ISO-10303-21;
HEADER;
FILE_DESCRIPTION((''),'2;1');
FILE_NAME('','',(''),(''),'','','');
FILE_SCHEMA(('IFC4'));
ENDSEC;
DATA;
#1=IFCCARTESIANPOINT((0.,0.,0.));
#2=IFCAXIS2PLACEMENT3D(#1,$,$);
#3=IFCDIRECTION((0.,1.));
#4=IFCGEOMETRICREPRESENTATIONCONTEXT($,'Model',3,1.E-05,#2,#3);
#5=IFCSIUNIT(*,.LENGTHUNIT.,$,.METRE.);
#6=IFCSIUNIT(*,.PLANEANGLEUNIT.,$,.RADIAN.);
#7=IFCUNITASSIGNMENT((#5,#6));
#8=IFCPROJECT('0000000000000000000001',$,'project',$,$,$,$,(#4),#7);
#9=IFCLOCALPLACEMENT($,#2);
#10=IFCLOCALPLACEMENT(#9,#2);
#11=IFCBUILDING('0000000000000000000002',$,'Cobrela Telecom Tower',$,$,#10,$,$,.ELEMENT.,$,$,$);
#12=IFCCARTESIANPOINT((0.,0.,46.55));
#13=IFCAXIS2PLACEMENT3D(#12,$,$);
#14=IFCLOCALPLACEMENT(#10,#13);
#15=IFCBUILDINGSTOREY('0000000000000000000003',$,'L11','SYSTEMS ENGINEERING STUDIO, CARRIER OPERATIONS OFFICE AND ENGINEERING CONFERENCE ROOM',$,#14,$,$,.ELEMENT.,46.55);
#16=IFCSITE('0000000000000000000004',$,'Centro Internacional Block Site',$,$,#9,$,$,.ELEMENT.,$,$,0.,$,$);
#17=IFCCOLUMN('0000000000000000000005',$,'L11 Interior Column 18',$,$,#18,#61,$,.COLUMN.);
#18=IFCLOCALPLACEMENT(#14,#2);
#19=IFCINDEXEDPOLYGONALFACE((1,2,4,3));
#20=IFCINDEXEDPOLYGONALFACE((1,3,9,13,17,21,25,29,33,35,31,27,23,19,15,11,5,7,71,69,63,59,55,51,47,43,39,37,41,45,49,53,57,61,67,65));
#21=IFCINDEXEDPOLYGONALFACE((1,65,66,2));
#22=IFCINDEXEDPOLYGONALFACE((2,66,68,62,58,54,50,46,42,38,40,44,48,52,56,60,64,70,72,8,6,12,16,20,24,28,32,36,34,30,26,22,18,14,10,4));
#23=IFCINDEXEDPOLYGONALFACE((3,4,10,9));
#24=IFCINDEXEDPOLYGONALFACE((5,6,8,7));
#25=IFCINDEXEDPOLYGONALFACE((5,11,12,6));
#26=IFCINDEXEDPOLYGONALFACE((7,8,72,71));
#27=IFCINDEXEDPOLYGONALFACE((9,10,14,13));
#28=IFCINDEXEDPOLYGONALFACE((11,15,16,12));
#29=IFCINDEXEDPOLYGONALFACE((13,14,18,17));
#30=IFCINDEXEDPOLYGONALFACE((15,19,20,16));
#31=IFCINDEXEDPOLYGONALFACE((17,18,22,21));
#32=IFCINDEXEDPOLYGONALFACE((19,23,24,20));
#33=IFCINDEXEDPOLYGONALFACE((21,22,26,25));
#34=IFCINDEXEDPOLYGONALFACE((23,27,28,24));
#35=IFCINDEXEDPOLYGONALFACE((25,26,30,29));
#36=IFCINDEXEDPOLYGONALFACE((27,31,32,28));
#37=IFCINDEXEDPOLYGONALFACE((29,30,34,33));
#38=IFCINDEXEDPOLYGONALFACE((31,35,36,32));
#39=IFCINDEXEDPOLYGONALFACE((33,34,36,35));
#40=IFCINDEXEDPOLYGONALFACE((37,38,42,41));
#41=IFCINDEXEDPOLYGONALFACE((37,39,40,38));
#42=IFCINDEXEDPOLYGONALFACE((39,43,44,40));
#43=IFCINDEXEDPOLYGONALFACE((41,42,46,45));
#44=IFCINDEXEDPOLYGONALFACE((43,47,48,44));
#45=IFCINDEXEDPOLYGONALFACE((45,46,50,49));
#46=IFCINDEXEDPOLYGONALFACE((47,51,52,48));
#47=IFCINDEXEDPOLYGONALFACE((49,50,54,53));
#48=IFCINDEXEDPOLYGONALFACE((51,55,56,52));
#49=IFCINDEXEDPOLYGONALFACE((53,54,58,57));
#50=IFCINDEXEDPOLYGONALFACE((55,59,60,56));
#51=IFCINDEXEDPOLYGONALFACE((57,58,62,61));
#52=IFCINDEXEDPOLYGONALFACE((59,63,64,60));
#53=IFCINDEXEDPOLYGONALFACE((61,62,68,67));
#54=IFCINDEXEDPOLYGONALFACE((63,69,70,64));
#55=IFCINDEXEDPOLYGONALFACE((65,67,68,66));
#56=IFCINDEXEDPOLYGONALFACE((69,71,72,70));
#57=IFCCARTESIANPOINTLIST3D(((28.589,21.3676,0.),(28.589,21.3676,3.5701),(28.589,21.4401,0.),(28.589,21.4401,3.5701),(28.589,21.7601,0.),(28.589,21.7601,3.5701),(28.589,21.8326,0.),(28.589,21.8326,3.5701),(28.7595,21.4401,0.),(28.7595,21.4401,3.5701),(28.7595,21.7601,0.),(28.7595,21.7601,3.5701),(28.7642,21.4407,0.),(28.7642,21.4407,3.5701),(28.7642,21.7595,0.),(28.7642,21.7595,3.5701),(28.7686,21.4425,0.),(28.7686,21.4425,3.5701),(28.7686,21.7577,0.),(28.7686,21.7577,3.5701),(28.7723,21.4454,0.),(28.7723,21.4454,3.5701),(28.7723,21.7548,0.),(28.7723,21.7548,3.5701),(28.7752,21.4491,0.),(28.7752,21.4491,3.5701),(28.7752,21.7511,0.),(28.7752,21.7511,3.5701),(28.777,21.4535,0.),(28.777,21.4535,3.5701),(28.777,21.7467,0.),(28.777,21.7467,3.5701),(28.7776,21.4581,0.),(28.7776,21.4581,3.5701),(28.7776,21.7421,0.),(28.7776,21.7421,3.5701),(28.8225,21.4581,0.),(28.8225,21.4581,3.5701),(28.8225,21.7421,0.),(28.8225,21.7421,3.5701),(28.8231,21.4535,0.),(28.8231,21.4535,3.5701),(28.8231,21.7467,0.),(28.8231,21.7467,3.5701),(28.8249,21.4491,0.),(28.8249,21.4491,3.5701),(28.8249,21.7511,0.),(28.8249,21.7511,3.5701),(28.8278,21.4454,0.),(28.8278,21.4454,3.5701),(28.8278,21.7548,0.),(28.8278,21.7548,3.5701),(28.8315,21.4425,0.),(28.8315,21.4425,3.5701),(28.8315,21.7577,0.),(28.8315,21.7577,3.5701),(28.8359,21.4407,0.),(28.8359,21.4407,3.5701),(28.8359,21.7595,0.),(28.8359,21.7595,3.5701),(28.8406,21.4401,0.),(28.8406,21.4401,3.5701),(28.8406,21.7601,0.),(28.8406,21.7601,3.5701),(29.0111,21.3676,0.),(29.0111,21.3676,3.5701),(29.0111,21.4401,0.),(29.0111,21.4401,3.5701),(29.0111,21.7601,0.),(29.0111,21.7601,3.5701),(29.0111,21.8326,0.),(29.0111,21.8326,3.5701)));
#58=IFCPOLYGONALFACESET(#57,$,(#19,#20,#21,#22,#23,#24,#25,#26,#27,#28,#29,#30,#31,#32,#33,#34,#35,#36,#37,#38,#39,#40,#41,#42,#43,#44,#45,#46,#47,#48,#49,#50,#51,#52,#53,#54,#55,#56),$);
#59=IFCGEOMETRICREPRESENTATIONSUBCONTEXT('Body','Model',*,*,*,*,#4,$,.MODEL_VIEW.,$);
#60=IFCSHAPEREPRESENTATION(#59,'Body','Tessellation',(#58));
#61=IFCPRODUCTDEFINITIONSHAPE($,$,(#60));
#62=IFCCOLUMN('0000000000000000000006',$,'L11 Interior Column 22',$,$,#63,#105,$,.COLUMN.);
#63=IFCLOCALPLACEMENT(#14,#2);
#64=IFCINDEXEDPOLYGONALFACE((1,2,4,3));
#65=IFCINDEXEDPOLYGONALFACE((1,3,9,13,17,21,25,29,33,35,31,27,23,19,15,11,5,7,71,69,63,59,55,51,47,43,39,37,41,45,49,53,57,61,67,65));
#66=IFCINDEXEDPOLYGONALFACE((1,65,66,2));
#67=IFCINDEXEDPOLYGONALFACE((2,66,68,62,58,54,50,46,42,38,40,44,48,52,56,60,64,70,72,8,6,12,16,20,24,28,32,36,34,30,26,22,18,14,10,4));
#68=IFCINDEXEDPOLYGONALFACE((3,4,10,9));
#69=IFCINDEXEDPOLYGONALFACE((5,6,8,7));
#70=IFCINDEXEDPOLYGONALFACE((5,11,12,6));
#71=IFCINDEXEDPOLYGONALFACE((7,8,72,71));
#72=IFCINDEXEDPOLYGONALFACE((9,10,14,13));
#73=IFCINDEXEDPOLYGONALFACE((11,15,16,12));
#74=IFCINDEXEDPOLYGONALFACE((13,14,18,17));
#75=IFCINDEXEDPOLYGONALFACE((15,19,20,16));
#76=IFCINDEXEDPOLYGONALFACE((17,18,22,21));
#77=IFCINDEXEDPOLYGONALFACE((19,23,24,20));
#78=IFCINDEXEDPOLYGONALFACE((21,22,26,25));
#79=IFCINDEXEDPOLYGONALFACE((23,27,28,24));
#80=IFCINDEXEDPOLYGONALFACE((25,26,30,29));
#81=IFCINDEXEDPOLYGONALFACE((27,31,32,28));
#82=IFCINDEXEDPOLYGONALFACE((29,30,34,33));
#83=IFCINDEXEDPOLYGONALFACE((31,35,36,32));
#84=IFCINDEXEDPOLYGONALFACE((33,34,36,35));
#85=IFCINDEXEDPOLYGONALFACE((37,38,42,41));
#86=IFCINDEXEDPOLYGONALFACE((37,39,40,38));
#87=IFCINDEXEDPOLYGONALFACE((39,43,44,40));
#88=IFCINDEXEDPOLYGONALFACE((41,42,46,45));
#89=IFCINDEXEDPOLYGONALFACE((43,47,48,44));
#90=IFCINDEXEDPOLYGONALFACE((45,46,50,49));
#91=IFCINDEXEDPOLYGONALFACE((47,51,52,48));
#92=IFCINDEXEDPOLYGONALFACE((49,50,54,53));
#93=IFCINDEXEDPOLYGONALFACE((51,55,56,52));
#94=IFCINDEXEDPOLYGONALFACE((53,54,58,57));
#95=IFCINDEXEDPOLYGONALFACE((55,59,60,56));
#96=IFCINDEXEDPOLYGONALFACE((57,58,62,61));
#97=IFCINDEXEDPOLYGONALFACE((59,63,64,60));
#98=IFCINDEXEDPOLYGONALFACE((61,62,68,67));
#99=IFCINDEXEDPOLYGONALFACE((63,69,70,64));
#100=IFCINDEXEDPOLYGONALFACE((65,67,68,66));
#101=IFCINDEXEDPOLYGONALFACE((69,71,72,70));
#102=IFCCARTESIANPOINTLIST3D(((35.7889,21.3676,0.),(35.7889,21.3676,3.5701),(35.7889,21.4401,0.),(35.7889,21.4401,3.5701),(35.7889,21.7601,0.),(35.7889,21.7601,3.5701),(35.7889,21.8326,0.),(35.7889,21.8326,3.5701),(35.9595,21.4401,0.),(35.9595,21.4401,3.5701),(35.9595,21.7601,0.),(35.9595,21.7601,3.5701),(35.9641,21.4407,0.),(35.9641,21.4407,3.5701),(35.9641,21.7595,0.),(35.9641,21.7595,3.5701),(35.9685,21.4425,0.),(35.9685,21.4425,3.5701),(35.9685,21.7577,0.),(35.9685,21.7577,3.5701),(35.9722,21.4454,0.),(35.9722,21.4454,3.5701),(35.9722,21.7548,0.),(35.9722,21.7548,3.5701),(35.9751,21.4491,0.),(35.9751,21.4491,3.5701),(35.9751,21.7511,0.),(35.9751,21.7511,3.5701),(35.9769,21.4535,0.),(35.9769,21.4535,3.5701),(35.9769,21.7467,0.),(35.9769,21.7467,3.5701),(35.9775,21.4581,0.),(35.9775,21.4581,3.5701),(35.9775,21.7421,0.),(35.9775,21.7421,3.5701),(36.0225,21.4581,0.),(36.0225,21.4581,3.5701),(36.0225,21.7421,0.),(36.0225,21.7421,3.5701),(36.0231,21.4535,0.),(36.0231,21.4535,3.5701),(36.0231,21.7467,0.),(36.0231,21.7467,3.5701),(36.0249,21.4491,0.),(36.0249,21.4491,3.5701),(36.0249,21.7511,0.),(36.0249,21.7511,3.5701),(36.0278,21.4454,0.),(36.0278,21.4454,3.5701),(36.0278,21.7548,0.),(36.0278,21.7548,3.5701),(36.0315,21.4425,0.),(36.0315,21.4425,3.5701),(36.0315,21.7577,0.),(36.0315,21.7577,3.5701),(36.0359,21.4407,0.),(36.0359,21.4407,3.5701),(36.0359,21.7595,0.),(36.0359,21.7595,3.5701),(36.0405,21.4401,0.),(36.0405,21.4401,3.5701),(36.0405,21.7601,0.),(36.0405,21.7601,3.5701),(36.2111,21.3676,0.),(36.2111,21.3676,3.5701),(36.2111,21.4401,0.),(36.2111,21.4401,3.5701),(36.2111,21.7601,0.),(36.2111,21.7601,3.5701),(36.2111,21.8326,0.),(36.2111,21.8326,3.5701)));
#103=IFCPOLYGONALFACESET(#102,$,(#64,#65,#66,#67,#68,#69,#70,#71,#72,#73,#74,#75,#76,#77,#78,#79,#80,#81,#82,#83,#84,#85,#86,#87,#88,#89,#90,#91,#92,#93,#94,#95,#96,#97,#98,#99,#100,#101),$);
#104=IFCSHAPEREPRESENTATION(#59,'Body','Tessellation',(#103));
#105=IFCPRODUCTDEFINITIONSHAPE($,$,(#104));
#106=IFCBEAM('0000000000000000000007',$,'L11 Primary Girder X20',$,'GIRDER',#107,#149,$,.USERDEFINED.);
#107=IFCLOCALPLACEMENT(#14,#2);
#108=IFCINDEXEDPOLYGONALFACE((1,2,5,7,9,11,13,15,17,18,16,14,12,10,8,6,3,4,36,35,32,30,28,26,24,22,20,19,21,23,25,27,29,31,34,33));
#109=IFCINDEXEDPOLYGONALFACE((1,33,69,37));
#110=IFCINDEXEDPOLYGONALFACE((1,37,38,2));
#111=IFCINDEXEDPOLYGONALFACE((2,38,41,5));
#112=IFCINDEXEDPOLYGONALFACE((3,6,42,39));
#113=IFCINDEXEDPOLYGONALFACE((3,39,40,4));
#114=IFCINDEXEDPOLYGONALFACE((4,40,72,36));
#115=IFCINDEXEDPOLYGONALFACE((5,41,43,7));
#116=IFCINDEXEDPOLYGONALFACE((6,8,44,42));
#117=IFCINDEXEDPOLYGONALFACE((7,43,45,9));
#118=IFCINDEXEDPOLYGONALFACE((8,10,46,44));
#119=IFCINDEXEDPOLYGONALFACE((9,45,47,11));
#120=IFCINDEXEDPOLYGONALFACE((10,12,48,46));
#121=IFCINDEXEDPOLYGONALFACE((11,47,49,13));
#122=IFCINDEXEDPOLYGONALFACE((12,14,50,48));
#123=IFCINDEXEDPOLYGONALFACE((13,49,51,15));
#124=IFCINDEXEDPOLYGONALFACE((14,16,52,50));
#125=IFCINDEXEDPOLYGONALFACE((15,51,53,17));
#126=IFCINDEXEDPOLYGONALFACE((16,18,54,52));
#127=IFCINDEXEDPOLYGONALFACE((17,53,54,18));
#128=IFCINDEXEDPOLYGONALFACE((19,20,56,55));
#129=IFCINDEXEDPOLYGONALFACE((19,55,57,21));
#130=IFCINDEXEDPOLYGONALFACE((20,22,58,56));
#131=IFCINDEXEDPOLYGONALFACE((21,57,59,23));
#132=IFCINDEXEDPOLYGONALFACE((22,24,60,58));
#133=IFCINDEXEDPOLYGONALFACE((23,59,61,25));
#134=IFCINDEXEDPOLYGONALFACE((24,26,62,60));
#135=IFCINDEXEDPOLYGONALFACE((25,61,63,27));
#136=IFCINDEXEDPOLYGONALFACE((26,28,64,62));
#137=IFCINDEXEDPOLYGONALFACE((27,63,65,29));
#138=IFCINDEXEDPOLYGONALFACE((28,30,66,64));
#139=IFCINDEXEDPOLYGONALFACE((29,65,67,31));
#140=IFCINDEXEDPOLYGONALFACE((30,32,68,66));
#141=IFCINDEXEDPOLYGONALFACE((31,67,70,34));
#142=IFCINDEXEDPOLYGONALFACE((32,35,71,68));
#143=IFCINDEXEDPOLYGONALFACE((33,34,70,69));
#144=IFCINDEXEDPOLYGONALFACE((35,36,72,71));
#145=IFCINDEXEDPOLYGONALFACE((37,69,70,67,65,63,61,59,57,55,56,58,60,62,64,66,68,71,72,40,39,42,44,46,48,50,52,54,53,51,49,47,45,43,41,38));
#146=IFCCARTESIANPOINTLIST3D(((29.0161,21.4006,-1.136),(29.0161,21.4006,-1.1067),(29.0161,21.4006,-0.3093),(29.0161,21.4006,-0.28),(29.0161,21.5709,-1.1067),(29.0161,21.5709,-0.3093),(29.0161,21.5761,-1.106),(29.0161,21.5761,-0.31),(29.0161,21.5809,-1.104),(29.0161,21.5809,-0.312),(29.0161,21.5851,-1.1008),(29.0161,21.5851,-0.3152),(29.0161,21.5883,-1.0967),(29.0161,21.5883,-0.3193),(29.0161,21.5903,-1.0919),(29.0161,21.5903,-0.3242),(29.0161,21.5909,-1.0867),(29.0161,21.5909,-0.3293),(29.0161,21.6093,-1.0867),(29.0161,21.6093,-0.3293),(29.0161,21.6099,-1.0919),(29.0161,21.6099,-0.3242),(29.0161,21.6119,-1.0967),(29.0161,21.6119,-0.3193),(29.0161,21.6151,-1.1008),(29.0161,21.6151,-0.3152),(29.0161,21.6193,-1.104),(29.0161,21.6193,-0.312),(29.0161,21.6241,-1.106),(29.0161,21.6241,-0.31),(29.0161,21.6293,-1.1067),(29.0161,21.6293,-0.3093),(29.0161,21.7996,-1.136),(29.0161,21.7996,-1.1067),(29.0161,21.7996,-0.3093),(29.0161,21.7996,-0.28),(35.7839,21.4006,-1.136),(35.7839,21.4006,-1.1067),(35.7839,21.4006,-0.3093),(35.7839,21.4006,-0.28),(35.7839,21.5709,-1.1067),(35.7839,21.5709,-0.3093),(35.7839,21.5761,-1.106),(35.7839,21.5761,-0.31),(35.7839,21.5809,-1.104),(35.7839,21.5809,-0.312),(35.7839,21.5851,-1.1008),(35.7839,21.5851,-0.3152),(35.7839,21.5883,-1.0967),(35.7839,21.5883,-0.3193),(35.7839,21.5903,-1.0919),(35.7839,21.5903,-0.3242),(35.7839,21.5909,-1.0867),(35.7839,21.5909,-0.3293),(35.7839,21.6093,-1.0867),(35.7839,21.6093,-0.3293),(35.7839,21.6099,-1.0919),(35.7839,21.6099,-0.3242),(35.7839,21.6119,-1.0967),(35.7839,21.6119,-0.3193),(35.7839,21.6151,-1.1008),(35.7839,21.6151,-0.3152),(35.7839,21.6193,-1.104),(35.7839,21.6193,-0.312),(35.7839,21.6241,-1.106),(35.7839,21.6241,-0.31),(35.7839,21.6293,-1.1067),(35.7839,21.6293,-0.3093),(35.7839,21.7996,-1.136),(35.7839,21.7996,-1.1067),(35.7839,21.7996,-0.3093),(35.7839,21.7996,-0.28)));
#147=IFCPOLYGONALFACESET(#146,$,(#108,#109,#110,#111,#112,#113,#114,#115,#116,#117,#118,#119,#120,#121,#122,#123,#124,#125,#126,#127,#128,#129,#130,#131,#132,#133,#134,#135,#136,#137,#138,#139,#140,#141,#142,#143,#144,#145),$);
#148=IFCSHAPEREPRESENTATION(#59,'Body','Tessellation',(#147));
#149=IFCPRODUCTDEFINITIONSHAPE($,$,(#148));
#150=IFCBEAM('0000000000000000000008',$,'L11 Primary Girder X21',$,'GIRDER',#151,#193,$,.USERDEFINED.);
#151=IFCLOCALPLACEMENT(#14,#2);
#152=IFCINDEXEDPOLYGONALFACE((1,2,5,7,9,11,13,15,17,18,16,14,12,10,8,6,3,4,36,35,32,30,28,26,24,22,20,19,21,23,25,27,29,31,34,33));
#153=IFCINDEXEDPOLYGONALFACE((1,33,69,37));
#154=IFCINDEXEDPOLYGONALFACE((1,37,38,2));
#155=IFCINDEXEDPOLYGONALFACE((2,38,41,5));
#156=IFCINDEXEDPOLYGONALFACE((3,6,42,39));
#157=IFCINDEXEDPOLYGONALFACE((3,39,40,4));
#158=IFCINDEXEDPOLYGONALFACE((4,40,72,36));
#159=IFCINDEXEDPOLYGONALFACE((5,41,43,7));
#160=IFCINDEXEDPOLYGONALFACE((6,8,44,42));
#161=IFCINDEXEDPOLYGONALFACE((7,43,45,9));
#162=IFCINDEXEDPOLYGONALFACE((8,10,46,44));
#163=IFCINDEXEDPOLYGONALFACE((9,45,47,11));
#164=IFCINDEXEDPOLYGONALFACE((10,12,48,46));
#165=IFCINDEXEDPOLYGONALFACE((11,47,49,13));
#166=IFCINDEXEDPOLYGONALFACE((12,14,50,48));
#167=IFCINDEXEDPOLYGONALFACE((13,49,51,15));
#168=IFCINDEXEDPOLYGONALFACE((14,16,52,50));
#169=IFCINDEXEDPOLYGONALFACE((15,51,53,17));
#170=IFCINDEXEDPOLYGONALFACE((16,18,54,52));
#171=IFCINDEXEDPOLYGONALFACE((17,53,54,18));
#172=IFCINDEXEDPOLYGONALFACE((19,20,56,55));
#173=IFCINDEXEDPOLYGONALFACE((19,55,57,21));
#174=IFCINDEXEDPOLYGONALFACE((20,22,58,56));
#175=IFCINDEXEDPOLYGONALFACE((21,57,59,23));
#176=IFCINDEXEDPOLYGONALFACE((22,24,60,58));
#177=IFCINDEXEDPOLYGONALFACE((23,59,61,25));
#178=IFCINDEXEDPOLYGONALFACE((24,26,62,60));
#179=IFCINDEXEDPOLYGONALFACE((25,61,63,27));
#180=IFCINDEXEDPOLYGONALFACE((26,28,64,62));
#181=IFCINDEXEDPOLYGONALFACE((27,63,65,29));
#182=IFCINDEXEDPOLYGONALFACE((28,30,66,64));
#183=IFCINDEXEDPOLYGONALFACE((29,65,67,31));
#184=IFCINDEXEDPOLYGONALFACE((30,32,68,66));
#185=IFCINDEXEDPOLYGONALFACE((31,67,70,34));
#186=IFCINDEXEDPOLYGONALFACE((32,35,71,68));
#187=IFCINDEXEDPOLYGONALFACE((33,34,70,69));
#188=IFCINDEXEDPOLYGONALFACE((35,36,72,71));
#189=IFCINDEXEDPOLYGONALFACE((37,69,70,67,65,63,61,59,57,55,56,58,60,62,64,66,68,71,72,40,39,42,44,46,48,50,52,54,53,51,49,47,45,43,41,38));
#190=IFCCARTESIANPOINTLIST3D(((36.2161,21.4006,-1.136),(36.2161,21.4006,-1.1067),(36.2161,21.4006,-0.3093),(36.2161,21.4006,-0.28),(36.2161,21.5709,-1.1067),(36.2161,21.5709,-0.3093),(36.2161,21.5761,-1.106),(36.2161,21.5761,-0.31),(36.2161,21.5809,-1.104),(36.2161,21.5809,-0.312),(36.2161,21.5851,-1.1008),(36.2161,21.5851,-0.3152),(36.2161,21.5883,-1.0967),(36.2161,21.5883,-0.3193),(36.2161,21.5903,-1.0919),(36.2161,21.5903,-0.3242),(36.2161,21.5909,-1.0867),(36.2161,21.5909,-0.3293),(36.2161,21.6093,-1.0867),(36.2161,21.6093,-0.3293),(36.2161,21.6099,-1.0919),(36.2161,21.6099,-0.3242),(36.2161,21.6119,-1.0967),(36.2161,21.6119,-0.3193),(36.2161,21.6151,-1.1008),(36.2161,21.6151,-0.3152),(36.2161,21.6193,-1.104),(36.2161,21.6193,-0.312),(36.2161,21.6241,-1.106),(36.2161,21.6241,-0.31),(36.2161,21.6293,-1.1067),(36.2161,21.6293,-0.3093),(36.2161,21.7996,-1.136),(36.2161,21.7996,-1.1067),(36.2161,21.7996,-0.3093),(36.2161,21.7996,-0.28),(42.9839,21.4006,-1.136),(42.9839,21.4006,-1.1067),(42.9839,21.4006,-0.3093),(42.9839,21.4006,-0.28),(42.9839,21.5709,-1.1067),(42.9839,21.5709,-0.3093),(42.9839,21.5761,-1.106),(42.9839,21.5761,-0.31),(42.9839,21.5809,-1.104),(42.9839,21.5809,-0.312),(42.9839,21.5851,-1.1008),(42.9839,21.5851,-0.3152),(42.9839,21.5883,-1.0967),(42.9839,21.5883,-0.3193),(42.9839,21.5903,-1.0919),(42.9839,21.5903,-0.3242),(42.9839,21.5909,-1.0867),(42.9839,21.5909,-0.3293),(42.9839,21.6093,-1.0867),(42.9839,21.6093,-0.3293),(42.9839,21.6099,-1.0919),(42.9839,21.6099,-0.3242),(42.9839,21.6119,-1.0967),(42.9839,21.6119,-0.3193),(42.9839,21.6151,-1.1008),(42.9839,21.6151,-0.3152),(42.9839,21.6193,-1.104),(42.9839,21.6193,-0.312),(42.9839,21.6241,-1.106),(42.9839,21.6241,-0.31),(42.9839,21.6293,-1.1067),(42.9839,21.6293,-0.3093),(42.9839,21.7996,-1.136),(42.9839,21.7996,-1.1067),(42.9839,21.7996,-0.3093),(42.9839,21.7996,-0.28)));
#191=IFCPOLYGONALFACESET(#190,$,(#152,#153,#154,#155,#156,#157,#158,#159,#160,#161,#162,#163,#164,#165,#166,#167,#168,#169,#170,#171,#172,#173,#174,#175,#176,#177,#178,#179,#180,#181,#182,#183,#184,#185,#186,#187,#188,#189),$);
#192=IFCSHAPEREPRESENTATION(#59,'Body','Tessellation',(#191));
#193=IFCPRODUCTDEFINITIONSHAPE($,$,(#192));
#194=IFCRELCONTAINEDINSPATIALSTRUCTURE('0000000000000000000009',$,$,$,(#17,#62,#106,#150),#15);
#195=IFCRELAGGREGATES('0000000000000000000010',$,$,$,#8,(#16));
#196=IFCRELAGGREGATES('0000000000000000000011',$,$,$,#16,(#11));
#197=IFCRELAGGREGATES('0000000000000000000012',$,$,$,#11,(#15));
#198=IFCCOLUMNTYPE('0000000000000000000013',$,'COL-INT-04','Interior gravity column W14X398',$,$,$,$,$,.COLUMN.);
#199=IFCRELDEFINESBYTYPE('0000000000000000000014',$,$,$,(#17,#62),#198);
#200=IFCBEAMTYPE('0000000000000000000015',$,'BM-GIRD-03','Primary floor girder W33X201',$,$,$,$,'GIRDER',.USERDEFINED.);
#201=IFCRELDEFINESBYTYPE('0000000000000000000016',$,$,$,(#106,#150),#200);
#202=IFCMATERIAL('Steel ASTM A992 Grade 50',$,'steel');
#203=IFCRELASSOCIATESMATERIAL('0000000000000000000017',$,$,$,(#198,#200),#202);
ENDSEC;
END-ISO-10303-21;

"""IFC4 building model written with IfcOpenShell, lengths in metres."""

from ifc_helpers import new_model, si_unit, direction, frame, origin, origin_2d, place, context, subcontext, project, spatial, i_section, extrude, material, material_profile, profile_set, type_object, element, save


model = new_model("IFC4")

# Units and contexts
model_context = context("Model", 3, precision=1e-05, world=origin(), true_north=direction((0.0, 1.0)))
body_context = subcontext(model_context, "Body", "Model", "MODEL_VIEW")
ifc_project = project(units=[si_unit("LENGTHUNIT", "METRE"), si_unit("PLANEANGLEUNIT", "RADIAN")], contexts=[model_context])

# Site, building, storey
site_placement = place(None, origin())
site = spatial("IfcSite", under=ifc_project, at=site_placement, Name="Centro Internacional Block Site", CompositionType="ELEMENT", RefElevation=0.0)
building_placement = place(site_placement, origin())
building = spatial("IfcBuilding", under=site, at=building_placement, Name="Cobrela Telecom Tower", CompositionType="ELEMENT")
storey_placement = place(building_placement, frame((0.0, 0.0, 46.55)))
storey = spatial("IfcBuildingStorey", under=building, at=storey_placement, Name="L11", Description="SYSTEMS ENGINEERING STUDIO, CARRIER OPERATIONS OFFICE AND ENGINEERING CONFERENCE ROOM", CompositionType="ELEMENT", Elevation=46.55)

# Columns
ifc_material_1 = material(Name="Steel ASTM A992 Grade 50", Category="steel")
ifc_material_profile_1 = material_profile(ifc_material_1, i_section(OverallWidth=0.4221, OverallDepth=0.4651, WebThickness=0.0449, FlangeThickness=0.0725, FilletRadius=0.0181, at=origin_2d()), Name="W14X398")
ifc_profile_set_1 = profile_set([ifc_material_profile_1], Name="Steel ASTM A992 Grade 50")
column_type = type_object("IfcColumnType", Name="COL-INT-04", Description="Interior gravity column W14X398", PredefinedType="COLUMN", material=ifc_profile_set_1)
for number, where, z_axis, x_axis, name in (
    (1, (28.8, 21.6001, 0.0), (0.0, 0.0, 1.0), (1.0, 0.0, 0.0), "L11 Interior Column 18"),
    (2, (36.0, 21.6001, 0.0), (0.0, 0.0, 1.0), (1.0, 0.0, 0.0), "L11 Interior Column 22"),
):
    element("IfcColumn", number, at=place(storey_placement, frame(where, z_axis=z_axis, x_axis=x_axis)), inside=storey, type_object=column_type, Name=name, PredefinedType="COLUMN", context=body_context, shape_type="SweptSolid", body=[
        extrude(i_section(OverallWidth=0.4221, OverallDepth=0.4651, WebThickness=0.0449, FlangeThickness=0.0725, FilletRadius=0.0181, at=origin_2d()), origin(), (0.0, 0.0, 1.0), 3.5701),
    ])

# Beams
ifc_material_profile_2 = material_profile(ifc_material_1, i_section(OverallWidth=0.3989, OverallDepth=0.856, WebThickness=0.0183, FlangeThickness=0.0293, FilletRadius=0.02, at=origin_2d()), Name="W33X201")
ifc_profile_set_2 = profile_set([ifc_material_profile_2], Name="Steel ASTM A992 Grade 50")
beam_type_1 = type_object("IfcBeamType", Name="BM-GIRD-03", Description="Primary floor girder W33X201", ElementType="GIRDER", PredefinedType="USERDEFINED", material=ifc_profile_set_2)
for number, where, z_axis, x_axis, name in (
    (3, (29.0161, 21.6001, -0.708), (1.0, 0.0, 0.0), (0.0, 1.0, 0.0), "L11 Primary Girder X20"),
    (4, (36.2161, 21.6001, -0.708), (1.0, 0.0, 0.0), (0.0, 1.0, 0.0), "L11 Primary Girder X21"),
):
    element("IfcBeam", number, at=place(storey_placement, frame(where, z_axis=z_axis, x_axis=x_axis)), inside=storey, type_object=beam_type_1, Name=name, ObjectType="GIRDER", PredefinedType="USERDEFINED", context=body_context, shape_type="SweptSolid", body=[
        extrude(i_section(OverallWidth=0.3989, OverallDepth=0.856, WebThickness=0.0183, FlangeThickness=0.0293, FilletRadius=0.02, at=origin_2d()), origin(), (0.0, 0.0, 1.0), 6.7678),
    ])

save(model, "model.ifc")
